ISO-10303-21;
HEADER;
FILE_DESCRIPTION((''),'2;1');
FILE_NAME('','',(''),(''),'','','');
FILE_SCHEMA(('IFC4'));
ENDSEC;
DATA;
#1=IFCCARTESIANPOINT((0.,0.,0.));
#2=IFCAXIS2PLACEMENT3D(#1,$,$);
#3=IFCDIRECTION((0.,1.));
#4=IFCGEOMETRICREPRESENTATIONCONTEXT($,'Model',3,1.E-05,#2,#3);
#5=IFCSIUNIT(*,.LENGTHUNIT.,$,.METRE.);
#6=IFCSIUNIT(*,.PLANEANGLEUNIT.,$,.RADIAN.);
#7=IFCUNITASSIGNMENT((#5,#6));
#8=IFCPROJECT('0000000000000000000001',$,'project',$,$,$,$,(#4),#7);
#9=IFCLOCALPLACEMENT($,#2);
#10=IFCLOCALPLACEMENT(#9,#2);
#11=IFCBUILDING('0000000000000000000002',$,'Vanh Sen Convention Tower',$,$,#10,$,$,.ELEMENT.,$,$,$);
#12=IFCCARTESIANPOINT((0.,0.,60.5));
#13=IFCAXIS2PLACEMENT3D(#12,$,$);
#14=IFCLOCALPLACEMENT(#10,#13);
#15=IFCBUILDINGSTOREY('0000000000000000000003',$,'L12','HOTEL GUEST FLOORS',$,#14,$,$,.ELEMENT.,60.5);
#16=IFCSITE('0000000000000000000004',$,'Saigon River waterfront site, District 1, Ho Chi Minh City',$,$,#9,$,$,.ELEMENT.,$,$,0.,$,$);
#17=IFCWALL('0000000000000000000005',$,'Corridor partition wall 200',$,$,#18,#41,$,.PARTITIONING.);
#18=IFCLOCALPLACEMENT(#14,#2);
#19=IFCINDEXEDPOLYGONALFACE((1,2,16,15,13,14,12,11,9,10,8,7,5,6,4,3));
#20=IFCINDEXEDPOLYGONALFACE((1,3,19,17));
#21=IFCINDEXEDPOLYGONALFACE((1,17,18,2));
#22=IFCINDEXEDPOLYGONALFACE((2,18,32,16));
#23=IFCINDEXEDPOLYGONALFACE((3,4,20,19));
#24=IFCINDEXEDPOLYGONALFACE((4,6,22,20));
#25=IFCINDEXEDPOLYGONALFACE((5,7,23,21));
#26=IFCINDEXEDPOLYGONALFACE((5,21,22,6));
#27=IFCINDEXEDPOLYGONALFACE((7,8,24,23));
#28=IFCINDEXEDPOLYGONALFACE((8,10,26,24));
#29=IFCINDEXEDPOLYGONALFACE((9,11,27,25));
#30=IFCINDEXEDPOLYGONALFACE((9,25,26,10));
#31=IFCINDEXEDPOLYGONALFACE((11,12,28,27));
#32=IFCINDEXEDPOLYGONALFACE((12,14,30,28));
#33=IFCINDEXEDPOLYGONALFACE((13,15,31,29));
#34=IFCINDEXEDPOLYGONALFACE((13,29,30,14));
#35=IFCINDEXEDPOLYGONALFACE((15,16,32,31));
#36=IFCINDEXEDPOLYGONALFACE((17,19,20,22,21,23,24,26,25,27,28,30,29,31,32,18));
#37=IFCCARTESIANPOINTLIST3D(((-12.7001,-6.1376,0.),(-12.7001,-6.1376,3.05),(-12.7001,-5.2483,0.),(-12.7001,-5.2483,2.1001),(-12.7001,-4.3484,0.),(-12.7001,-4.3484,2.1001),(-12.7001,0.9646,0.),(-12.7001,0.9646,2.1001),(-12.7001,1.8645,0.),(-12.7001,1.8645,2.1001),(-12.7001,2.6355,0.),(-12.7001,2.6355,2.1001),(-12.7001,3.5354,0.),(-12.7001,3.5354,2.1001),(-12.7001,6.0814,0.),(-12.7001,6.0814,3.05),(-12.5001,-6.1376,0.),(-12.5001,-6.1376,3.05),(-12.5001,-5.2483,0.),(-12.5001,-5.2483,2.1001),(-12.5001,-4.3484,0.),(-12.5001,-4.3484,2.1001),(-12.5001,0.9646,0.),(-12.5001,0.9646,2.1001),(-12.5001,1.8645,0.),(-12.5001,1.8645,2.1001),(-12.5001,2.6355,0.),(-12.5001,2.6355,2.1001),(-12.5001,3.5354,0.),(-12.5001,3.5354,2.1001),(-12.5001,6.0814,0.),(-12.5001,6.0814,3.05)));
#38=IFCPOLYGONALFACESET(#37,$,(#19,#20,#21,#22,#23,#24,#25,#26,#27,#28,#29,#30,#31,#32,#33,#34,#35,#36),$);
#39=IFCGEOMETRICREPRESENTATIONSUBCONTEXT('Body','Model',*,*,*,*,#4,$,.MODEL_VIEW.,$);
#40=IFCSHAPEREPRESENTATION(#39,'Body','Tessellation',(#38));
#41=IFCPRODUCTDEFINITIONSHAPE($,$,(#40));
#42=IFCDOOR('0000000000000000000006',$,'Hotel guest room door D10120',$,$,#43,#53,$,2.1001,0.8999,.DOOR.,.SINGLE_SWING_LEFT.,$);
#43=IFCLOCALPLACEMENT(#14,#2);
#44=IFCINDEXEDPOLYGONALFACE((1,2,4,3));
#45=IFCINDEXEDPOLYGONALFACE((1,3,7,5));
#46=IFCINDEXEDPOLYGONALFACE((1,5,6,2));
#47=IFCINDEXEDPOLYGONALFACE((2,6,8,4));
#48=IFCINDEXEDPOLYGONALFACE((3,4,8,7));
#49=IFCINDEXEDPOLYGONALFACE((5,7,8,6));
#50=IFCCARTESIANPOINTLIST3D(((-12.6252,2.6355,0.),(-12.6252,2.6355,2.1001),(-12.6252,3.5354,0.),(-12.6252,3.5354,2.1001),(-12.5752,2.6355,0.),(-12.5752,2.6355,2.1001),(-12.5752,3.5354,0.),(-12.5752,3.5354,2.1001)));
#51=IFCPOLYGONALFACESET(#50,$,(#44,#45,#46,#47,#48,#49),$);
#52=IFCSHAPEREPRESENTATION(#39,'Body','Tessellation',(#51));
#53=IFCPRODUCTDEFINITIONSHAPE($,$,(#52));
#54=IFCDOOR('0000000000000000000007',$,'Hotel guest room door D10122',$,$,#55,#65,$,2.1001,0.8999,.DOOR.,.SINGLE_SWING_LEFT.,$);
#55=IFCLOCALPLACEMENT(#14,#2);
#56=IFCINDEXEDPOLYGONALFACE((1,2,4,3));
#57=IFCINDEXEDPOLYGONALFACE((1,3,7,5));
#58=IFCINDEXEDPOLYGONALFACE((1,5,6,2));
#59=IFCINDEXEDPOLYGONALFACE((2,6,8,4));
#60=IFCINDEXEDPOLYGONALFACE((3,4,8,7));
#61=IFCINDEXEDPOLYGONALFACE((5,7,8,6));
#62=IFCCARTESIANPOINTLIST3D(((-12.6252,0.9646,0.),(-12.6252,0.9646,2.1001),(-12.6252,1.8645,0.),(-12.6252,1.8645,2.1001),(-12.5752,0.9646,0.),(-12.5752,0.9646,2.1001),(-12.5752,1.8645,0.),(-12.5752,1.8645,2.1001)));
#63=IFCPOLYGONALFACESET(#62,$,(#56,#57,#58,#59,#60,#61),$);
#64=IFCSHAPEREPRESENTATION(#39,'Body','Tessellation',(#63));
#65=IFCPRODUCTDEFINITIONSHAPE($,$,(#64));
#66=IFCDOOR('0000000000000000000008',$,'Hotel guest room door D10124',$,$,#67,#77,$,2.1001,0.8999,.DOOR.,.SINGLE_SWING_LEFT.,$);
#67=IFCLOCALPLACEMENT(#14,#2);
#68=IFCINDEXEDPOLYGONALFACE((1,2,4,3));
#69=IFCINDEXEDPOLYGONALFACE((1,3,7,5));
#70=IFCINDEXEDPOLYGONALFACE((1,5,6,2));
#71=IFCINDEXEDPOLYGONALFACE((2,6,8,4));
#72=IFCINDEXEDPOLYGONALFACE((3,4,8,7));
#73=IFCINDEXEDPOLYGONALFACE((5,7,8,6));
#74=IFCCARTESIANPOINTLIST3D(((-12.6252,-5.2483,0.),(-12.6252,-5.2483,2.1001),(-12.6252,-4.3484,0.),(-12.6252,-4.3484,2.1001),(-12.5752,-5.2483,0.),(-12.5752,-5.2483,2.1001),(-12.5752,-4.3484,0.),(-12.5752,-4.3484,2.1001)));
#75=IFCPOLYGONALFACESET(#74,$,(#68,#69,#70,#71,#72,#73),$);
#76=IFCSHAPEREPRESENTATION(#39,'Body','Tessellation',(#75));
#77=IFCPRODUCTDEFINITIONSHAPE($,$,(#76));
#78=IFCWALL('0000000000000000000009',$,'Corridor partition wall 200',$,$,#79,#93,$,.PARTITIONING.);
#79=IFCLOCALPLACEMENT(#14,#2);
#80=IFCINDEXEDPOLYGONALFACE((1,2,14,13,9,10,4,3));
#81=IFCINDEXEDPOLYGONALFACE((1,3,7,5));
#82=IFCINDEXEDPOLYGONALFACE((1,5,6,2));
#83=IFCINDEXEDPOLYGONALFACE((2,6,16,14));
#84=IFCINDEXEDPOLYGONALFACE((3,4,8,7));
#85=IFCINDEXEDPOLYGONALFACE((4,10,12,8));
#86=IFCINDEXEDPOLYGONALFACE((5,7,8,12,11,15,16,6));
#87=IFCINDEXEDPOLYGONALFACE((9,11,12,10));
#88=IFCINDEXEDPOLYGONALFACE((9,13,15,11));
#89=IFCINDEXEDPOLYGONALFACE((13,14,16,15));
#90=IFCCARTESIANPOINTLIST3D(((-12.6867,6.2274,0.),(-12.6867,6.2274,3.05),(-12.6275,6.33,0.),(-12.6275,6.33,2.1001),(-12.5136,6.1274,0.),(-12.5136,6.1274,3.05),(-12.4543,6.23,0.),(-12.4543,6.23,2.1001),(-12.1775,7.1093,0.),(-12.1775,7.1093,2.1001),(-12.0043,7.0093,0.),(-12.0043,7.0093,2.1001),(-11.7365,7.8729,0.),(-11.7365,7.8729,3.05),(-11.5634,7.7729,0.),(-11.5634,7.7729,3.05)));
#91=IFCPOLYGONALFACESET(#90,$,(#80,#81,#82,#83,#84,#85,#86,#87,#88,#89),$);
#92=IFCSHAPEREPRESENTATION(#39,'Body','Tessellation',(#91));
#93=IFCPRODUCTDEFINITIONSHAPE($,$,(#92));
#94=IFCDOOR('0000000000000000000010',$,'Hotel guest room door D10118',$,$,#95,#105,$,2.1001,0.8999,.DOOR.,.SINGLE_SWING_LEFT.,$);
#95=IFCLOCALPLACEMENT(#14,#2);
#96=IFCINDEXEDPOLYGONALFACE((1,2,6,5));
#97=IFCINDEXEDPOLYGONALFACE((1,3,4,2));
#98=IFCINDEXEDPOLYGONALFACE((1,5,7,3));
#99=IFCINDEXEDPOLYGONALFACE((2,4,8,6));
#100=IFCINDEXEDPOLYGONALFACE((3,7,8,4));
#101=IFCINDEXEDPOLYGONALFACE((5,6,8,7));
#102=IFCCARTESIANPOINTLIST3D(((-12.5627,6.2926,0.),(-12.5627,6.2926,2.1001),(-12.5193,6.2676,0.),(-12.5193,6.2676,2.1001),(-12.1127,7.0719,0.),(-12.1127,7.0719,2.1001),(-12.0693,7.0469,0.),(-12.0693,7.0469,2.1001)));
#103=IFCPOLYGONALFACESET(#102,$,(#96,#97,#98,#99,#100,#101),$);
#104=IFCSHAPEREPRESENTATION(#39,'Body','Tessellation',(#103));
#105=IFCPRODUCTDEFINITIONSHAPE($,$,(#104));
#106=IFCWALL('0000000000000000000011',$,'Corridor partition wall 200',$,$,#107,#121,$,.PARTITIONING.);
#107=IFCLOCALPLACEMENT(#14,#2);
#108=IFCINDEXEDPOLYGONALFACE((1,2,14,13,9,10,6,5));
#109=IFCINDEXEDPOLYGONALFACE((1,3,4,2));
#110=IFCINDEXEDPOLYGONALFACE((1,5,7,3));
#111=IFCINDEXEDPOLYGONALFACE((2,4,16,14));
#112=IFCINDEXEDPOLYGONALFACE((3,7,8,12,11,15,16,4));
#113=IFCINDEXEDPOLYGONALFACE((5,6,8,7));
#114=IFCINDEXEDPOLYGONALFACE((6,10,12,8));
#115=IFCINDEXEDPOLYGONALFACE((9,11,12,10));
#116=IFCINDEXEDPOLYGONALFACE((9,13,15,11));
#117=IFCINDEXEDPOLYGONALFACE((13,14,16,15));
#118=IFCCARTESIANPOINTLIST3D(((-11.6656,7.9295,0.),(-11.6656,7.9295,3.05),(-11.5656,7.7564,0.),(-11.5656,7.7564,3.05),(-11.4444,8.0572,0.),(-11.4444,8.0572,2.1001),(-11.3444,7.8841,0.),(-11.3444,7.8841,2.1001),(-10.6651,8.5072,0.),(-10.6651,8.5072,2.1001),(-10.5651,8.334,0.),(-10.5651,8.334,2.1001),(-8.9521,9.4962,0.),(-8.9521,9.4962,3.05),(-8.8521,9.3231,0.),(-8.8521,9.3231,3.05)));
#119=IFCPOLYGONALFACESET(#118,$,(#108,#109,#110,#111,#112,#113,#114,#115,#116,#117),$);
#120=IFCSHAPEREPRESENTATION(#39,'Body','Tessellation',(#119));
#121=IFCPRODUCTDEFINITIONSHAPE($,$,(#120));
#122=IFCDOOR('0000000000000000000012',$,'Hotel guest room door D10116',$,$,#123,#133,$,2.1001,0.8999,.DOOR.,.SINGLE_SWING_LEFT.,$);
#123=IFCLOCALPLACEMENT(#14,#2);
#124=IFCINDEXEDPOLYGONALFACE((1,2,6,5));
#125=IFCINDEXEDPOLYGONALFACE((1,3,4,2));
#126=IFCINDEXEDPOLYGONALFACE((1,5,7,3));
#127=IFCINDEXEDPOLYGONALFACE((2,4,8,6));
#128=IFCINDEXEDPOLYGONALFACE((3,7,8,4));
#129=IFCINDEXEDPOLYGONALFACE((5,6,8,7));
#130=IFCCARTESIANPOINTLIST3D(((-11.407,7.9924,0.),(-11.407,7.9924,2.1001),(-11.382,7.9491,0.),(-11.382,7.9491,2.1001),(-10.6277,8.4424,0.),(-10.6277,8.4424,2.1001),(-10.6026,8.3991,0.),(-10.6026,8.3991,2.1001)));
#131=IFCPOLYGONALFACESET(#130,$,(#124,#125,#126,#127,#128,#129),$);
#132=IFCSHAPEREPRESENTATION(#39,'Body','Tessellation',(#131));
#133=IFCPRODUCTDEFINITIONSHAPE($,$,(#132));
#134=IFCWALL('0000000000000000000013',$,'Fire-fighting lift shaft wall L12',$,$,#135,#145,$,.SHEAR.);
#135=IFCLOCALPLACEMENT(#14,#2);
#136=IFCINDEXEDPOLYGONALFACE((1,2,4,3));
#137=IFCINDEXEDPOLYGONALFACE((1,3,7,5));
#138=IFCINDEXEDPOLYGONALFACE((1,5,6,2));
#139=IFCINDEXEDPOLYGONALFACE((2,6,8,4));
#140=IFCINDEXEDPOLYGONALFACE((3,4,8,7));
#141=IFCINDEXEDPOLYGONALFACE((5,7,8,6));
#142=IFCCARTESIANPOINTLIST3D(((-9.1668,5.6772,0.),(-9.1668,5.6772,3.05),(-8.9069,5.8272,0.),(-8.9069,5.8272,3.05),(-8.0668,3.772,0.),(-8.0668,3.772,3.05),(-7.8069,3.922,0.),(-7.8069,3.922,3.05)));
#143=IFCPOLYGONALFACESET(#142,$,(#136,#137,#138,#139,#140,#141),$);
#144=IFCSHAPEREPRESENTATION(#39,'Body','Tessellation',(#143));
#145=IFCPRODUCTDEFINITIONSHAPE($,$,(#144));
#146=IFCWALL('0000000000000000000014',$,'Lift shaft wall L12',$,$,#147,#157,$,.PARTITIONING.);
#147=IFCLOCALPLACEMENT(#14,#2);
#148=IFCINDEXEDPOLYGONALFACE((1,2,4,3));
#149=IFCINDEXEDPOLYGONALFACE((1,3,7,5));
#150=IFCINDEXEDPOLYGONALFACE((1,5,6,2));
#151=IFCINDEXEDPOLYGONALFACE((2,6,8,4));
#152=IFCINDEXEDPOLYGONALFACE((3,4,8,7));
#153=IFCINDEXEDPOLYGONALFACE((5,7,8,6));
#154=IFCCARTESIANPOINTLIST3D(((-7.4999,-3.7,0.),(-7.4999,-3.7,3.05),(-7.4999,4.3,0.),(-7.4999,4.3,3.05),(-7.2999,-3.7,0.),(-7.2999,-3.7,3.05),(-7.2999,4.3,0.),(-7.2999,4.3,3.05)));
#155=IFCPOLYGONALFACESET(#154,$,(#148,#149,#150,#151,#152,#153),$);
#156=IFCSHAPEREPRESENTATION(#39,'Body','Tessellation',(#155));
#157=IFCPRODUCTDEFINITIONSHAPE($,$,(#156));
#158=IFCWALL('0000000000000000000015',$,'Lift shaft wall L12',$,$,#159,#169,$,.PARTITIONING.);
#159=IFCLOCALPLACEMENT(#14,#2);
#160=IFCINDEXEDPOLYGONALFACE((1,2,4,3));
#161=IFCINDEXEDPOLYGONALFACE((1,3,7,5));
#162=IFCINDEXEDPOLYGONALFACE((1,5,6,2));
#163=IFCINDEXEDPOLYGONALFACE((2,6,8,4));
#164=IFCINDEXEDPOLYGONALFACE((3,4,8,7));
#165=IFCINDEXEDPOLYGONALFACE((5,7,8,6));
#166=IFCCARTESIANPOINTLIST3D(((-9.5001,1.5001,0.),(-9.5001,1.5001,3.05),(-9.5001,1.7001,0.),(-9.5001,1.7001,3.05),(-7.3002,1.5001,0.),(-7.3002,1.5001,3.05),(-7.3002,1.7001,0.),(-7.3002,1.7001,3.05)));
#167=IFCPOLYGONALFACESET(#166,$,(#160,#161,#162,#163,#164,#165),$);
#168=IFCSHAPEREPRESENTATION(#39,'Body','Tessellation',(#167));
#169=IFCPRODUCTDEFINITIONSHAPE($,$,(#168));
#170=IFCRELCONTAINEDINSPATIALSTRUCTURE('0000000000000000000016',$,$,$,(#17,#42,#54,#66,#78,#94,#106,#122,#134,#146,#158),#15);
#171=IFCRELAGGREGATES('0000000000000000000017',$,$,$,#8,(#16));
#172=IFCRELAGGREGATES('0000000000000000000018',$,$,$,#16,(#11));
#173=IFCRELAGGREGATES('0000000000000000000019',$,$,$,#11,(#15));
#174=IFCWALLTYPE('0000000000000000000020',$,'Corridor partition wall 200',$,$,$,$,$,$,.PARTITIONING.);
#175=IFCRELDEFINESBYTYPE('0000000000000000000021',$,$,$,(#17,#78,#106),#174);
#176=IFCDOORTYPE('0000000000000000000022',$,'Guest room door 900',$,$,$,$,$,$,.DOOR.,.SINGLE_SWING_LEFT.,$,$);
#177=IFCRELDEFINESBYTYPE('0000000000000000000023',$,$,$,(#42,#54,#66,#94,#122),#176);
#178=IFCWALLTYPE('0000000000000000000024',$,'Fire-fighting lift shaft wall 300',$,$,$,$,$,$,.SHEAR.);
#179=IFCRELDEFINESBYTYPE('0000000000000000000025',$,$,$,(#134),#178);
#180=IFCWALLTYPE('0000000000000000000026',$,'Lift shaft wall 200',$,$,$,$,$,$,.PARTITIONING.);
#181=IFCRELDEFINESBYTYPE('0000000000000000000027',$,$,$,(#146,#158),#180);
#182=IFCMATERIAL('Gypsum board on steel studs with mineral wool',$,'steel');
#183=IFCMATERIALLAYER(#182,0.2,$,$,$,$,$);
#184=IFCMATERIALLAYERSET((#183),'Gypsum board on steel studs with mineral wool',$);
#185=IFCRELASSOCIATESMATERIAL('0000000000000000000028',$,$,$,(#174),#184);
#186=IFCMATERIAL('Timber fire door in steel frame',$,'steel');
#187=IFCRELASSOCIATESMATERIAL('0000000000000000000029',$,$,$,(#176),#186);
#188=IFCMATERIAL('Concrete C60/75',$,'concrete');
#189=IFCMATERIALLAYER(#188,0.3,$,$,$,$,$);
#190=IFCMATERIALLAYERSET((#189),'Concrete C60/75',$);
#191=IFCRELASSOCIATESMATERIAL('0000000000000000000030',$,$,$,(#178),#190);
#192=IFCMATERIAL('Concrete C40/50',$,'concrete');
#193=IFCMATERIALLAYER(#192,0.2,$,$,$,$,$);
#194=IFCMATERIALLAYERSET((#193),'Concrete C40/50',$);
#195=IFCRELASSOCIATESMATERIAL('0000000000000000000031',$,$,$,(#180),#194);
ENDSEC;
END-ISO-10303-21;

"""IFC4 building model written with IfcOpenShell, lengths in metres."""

from ifc_helpers import new_model, si_unit, direction, frame, frame_2d, origin, place, context, subcontext, project, spatial, rectangle, extrude, material, layer, layer_set, type_object, element, fill, save


model = new_model("IFC4")

# Units and contexts
model_context = context("Model", 3, precision=1e-05, world=origin(), true_north=direction((0.0, 1.0)))
body_context = subcontext(model_context, "Body", "Model", "MODEL_VIEW")
ifc_project = project(units=[si_unit("LENGTHUNIT", "METRE"), si_unit("PLANEANGLEUNIT", "RADIAN")], contexts=[model_context])

# Site, building, storey
site_placement = place(None, origin())
site = spatial("IfcSite", under=ifc_project, at=site_placement, Name="Saigon River waterfront site, District 1, Ho Chi Minh City", CompositionType="ELEMENT", RefElevation=0.0)
building_placement = place(site_placement, origin())
building = spatial("IfcBuilding", under=site, at=building_placement, Name="Vanh Sen Convention Tower", CompositionType="ELEMENT")
storey_placement = place(building_placement, frame((0.0, 0.0, 60.5)))
storey = spatial("IfcBuildingStorey", under=building, at=storey_placement, Name="L12", Description="HOTEL GUEST FLOORS", CompositionType="ELEMENT", Elevation=60.5)

# Wall, openings, doors
ifc_material_1 = material(Name="Gypsum board on steel studs with mineral wool", Category="steel")
ifc_layer_1 = layer(ifc_material_1, 0.2)
ifc_layer_set_1 = layer_set([ifc_layer_1], Name="Gypsum board on steel studs with mineral wool")
wall_type_1 = type_object("IfcWallType", Name="Corridor partition wall 200", PredefinedType="PARTITIONING", material=ifc_layer_set_1)
wall_1_placement = place(storey_placement, frame((-12.6001, 6.0813, 0.0), z_axis=(0.0, 0.0, 1.0), x_axis=(0.0, -1.0, 0.0)))
wall_1 = element("IfcWall", 1, at=wall_1_placement, inside=storey, type_object=wall_type_1, Name="Corridor partition wall 200", PredefinedType="PARTITIONING", context=body_context, shape_type="SweptSolid", body=[
    extrude(rectangle(XDim=12.219, YDim=0.2, at=frame_2d((6.1094, 0.0))), origin(), (0.0, 0.0, 1.0), 3.05),
])
opening_1_placement = place(wall_1_placement, frame((2.5459, 0.0, 0.0)))
opening_1 = element("IfcOpeningElement", 2, at=opening_1_placement, cuts=wall_1, PredefinedType="OPENING", context=body_context, shape_type="SweptSolid", body=[
    extrude(rectangle(XDim=0.8999, YDim=2.1001, at=frame_2d((0.45, 1.05))), frame((0.0, 0.1099, 0.0), z_axis=(0.0, -1.0, 0.0), x_axis=(1.0, 0.0, 0.0)), (0.0, 0.0, 1.0), 0.22),
])
opening_2_placement = place(wall_1_placement, frame((4.2168, 0.0, 0.0)))
opening_2 = element("IfcOpeningElement", 3, at=opening_2_placement, cuts=wall_1, PredefinedType="OPENING", context=body_context, shape_type="SweptSolid", body=[
    extrude(rectangle(XDim=0.8999, YDim=2.1001, at=frame_2d((0.45, 1.05))), frame((0.0, 0.1099, 0.0), z_axis=(0.0, -1.0, 0.0), x_axis=(1.0, 0.0, 0.0)), (0.0, 0.0, 1.0), 0.22),
])
opening_3_placement = place(wall_1_placement, frame((10.4297, 0.0, 0.0)))
opening_3 = element("IfcOpeningElement", 4, at=opening_3_placement, cuts=wall_1, PredefinedType="OPENING", context=body_context, shape_type="SweptSolid", body=[
    extrude(rectangle(XDim=0.8999, YDim=2.1001, at=frame_2d((0.45, 1.05))), frame((0.0, 0.1099, 0.0), z_axis=(0.0, -1.0, 0.0), x_axis=(1.0, 0.0, 0.0)), (0.0, 0.0, 1.0), 0.22),
])
ifc_material_2 = material(Name="Timber fire door in steel frame", Category="steel")
door_type_1 = type_object("IfcDoorType", Name="Guest room door 900", OperationType="SINGLE_SWING_LEFT", PredefinedType="DOOR", material=ifc_material_2)
door_1_placement = place(opening_1_placement, origin())
door_1 = element("IfcDoor", 5, at=door_1_placement, inside=storey, type_object=door_type_1, Name="Hotel guest room door D10120", OperationType="SINGLE_SWING_LEFT", OverallHeight=2.1001, OverallWidth=0.8999, PredefinedType="DOOR", context=body_context, shape_type="SweptSolid", body=[
    extrude(rectangle(XDim=0.8999, YDim=2.1001, at=frame_2d((0.45, 1.05))), frame((0.0, 0.0249, 0.0), z_axis=(0.0, -1.0, 0.0), x_axis=(1.0, 0.0, 0.0)), (0.0, 0.0, 1.0), 0.05),
])
fill(opening_1, door_1)
door_2_placement = place(opening_2_placement, origin())
door_2 = element("IfcDoor", 6, at=door_2_placement, inside=storey, type_object=door_type_1, Name="Hotel guest room door D10122", OperationType="SINGLE_SWING_LEFT", OverallHeight=2.1001, OverallWidth=0.8999, PredefinedType="DOOR", context=body_context, shape_type="SweptSolid", body=[
    extrude(rectangle(XDim=0.8999, YDim=2.1001, at=frame_2d((0.45, 1.05))), frame((0.0, 0.0249, 0.0), z_axis=(0.0, -1.0, 0.0), x_axis=(1.0, 0.0, 0.0)), (0.0, 0.0, 1.0), 0.05),
])
fill(opening_2, door_2)
door_3_placement = place(opening_3_placement, origin())
door_3 = element("IfcDoor", 7, at=door_3_placement, inside=storey, type_object=door_type_1, Name="Hotel guest room door D10124", OperationType="SINGLE_SWING_LEFT", OverallHeight=2.1001, OverallWidth=0.8999, PredefinedType="DOOR", context=body_context, shape_type="SweptSolid", body=[
    extrude(rectangle(XDim=0.8999, YDim=2.1001, at=frame_2d((0.45, 1.05))), frame((0.0, 0.0249, 0.0), z_axis=(0.0, -1.0, 0.0), x_axis=(1.0, 0.0, 0.0)), (0.0, 0.0, 1.0), 0.05),
])
fill(opening_3, door_3)

# Walls, openings, doors
wall_2_placement = place(storey_placement, frame((-11.6499, 7.823, 0.0), z_axis=(0.0, 0.0, 1.0), x_axis=(-0.500064, -0.865989, 0.0)))
wall_2 = element("IfcWall", 8, at=wall_2_placement, inside=storey, type_object=wall_type_1, Name="Corridor partition wall 200", PredefinedType="PARTITIONING", context=body_context, shape_type="SweptSolid", body=[
    extrude(rectangle(XDim=1.9001, YDim=0.2, at=frame_2d((0.9502, 0.0))), origin(), (0.0, 0.0, 1.0), 3.05),
])
opening_4_placement = place(wall_2_placement, frame((0.8818, 0.0, 0.0)))
opening_4 = element("IfcOpeningElement", 9, at=opening_4_placement, cuts=wall_2, PredefinedType="OPENING", context=body_context, shape_type="SweptSolid", body=[
    extrude(rectangle(XDim=0.8999, YDim=2.1001, at=frame_2d((0.45, 1.05))), frame((0.0, 0.1099, 0.0), z_axis=(0.0, -1.0, 0.0), x_axis=(1.0, 0.0, 0.0)), (0.0, 0.0, 1.0), 0.22),
])
door_4_placement = place(opening_4_placement, origin())
door_4 = element("IfcDoor", 10, at=door_4_placement, inside=storey, type_object=door_type_1, Name="Hotel guest room door D10118", OperationType="SINGLE_SWING_LEFT", OverallHeight=2.1001, OverallWidth=0.8999, PredefinedType="DOOR", context=body_context, shape_type="SweptSolid", body=[
    extrude(rectangle(XDim=0.8999, YDim=2.1001, at=frame_2d((0.45, 1.05))), frame((0.0, 0.0249, 0.0), z_axis=(0.0, -1.0, 0.0), x_axis=(1.0, 0.0, 0.0)), (0.0, 0.0, 1.0), 0.05),
])
fill(opening_4, door_4)
wall_3_placement = place(storey_placement, frame((-8.9021, 9.4097, 0.0), z_axis=(0.0, 0.0, 1.0), x_axis=(-0.866014, -0.500019, 0.0)))
wall_3 = element("IfcWall", 11, at=wall_3_placement, inside=storey, type_object=wall_type_1, Name="Corridor partition wall 200", PredefinedType="PARTITIONING", context=body_context, shape_type="SweptSolid", body=[
    extrude(rectangle(XDim=3.1333, YDim=0.2, at=frame_2d((1.5667, 0.0))), origin(), (0.0, 0.0, 1.0), 3.05),
])
opening_5_placement = place(wall_3_placement, frame((1.978, 0.0, 0.0)))
opening_5 = element("IfcOpeningElement", 12, at=opening_5_placement, cuts=wall_3, PredefinedType="OPENING", context=body_context, shape_type="SweptSolid", body=[
    extrude(rectangle(XDim=0.8999, YDim=2.1001, at=frame_2d((0.45, 1.05))), frame((0.0, 0.1099, 0.0), z_axis=(0.0, -1.0, 0.0), x_axis=(1.0, 0.0, 0.0)), (0.0, 0.0, 1.0), 0.22),
])
door_5_placement = place(opening_5_placement, origin())
door_5 = element("IfcDoor", 13, at=door_5_placement, inside=storey, type_object=door_type_1, Name="Hotel guest room door D10116", OperationType="SINGLE_SWING_LEFT", OverallHeight=2.1001, OverallWidth=0.8999, PredefinedType="DOOR", context=body_context, shape_type="SweptSolid", body=[
    extrude(rectangle(XDim=0.8999, YDim=2.1001, at=frame_2d((0.45, 1.05))), frame((0.0, 0.0249, 0.0), z_axis=(0.0, -1.0, 0.0), x_axis=(1.0, 0.0, 0.0)), (0.0, 0.0, 1.0), 0.05),
])
fill(opening_5, door_5)

# Walls
ifc_material_3 = material(Name="Concrete C60/75", Category="concrete")
ifc_layer_2 = layer(ifc_material_3, 0.3)
ifc_layer_set_2 = layer_set([ifc_layer_2], Name="Concrete C60/75")
wall_type_2 = type_object("IfcWallType", Name="Fire-fighting lift shaft wall 300", PredefinedType="SHEAR", material=ifc_layer_set_2)
wall_4_placement = place(storey_placement, frame((-7.9368, 3.8469, 0.0), z_axis=(0.0, 0.0, 1.0), x_axis=(-0.50003, 0.866008, 0.0)))
element("IfcWall", 14, at=wall_4_placement, inside=storey, type_object=wall_type_2, Name="Fire-fighting lift shaft wall L12", PredefinedType="SHEAR", context=body_context, shape_type="SweptSolid", body=[
    extrude(rectangle(XDim=2.2, YDim=0.3, at=frame_2d((1.1001, 0.0))), origin(), (0.0, 0.0, 1.0), 3.05),
])
ifc_material_4 = material(Name="Concrete C40/50", Category="concrete")
ifc_layer_3 = layer(ifc_material_4, 0.2)
ifc_layer_set_3 = layer_set([ifc_layer_3], Name="Concrete C40/50")
wall_type_3 = type_object("IfcWallType", Name="Lift shaft wall 200", PredefinedType="PARTITIONING", material=ifc_layer_set_3)
wall_5_placement = place(storey_placement, frame((-7.3999, 4.3, 0.0), z_axis=(0.0, 0.0, 1.0), x_axis=(0.0, -1.0, 0.0)))
element("IfcWall", 15, at=wall_5_placement, inside=storey, type_object=wall_type_3, Name="Lift shaft wall L12", PredefinedType="PARTITIONING", context=body_context, shape_type="SweptSolid", body=[
    extrude(rectangle(XDim=8.0, YDim=0.2, at=frame_2d((4.0, 0.0))), origin(), (0.0, 0.0, 1.0), 3.05),
])
wall_6_placement = place(storey_placement, frame((-7.3, 1.6001, 0.0), z_axis=(0.0, 0.0, 1.0), x_axis=(-1.0, 0.0, 0.0)))
element("IfcWall", 16, at=wall_6_placement, inside=storey, type_object=wall_type_3, Name="Lift shaft wall L12", PredefinedType="PARTITIONING", context=body_context, shape_type="SweptSolid", body=[
    extrude(rectangle(XDim=2.2, YDim=0.2, at=frame_2d((1.1001, 0.0))), origin(), (0.0, 0.0, 1.0), 3.05),
])

save(model, "model.ifc")
